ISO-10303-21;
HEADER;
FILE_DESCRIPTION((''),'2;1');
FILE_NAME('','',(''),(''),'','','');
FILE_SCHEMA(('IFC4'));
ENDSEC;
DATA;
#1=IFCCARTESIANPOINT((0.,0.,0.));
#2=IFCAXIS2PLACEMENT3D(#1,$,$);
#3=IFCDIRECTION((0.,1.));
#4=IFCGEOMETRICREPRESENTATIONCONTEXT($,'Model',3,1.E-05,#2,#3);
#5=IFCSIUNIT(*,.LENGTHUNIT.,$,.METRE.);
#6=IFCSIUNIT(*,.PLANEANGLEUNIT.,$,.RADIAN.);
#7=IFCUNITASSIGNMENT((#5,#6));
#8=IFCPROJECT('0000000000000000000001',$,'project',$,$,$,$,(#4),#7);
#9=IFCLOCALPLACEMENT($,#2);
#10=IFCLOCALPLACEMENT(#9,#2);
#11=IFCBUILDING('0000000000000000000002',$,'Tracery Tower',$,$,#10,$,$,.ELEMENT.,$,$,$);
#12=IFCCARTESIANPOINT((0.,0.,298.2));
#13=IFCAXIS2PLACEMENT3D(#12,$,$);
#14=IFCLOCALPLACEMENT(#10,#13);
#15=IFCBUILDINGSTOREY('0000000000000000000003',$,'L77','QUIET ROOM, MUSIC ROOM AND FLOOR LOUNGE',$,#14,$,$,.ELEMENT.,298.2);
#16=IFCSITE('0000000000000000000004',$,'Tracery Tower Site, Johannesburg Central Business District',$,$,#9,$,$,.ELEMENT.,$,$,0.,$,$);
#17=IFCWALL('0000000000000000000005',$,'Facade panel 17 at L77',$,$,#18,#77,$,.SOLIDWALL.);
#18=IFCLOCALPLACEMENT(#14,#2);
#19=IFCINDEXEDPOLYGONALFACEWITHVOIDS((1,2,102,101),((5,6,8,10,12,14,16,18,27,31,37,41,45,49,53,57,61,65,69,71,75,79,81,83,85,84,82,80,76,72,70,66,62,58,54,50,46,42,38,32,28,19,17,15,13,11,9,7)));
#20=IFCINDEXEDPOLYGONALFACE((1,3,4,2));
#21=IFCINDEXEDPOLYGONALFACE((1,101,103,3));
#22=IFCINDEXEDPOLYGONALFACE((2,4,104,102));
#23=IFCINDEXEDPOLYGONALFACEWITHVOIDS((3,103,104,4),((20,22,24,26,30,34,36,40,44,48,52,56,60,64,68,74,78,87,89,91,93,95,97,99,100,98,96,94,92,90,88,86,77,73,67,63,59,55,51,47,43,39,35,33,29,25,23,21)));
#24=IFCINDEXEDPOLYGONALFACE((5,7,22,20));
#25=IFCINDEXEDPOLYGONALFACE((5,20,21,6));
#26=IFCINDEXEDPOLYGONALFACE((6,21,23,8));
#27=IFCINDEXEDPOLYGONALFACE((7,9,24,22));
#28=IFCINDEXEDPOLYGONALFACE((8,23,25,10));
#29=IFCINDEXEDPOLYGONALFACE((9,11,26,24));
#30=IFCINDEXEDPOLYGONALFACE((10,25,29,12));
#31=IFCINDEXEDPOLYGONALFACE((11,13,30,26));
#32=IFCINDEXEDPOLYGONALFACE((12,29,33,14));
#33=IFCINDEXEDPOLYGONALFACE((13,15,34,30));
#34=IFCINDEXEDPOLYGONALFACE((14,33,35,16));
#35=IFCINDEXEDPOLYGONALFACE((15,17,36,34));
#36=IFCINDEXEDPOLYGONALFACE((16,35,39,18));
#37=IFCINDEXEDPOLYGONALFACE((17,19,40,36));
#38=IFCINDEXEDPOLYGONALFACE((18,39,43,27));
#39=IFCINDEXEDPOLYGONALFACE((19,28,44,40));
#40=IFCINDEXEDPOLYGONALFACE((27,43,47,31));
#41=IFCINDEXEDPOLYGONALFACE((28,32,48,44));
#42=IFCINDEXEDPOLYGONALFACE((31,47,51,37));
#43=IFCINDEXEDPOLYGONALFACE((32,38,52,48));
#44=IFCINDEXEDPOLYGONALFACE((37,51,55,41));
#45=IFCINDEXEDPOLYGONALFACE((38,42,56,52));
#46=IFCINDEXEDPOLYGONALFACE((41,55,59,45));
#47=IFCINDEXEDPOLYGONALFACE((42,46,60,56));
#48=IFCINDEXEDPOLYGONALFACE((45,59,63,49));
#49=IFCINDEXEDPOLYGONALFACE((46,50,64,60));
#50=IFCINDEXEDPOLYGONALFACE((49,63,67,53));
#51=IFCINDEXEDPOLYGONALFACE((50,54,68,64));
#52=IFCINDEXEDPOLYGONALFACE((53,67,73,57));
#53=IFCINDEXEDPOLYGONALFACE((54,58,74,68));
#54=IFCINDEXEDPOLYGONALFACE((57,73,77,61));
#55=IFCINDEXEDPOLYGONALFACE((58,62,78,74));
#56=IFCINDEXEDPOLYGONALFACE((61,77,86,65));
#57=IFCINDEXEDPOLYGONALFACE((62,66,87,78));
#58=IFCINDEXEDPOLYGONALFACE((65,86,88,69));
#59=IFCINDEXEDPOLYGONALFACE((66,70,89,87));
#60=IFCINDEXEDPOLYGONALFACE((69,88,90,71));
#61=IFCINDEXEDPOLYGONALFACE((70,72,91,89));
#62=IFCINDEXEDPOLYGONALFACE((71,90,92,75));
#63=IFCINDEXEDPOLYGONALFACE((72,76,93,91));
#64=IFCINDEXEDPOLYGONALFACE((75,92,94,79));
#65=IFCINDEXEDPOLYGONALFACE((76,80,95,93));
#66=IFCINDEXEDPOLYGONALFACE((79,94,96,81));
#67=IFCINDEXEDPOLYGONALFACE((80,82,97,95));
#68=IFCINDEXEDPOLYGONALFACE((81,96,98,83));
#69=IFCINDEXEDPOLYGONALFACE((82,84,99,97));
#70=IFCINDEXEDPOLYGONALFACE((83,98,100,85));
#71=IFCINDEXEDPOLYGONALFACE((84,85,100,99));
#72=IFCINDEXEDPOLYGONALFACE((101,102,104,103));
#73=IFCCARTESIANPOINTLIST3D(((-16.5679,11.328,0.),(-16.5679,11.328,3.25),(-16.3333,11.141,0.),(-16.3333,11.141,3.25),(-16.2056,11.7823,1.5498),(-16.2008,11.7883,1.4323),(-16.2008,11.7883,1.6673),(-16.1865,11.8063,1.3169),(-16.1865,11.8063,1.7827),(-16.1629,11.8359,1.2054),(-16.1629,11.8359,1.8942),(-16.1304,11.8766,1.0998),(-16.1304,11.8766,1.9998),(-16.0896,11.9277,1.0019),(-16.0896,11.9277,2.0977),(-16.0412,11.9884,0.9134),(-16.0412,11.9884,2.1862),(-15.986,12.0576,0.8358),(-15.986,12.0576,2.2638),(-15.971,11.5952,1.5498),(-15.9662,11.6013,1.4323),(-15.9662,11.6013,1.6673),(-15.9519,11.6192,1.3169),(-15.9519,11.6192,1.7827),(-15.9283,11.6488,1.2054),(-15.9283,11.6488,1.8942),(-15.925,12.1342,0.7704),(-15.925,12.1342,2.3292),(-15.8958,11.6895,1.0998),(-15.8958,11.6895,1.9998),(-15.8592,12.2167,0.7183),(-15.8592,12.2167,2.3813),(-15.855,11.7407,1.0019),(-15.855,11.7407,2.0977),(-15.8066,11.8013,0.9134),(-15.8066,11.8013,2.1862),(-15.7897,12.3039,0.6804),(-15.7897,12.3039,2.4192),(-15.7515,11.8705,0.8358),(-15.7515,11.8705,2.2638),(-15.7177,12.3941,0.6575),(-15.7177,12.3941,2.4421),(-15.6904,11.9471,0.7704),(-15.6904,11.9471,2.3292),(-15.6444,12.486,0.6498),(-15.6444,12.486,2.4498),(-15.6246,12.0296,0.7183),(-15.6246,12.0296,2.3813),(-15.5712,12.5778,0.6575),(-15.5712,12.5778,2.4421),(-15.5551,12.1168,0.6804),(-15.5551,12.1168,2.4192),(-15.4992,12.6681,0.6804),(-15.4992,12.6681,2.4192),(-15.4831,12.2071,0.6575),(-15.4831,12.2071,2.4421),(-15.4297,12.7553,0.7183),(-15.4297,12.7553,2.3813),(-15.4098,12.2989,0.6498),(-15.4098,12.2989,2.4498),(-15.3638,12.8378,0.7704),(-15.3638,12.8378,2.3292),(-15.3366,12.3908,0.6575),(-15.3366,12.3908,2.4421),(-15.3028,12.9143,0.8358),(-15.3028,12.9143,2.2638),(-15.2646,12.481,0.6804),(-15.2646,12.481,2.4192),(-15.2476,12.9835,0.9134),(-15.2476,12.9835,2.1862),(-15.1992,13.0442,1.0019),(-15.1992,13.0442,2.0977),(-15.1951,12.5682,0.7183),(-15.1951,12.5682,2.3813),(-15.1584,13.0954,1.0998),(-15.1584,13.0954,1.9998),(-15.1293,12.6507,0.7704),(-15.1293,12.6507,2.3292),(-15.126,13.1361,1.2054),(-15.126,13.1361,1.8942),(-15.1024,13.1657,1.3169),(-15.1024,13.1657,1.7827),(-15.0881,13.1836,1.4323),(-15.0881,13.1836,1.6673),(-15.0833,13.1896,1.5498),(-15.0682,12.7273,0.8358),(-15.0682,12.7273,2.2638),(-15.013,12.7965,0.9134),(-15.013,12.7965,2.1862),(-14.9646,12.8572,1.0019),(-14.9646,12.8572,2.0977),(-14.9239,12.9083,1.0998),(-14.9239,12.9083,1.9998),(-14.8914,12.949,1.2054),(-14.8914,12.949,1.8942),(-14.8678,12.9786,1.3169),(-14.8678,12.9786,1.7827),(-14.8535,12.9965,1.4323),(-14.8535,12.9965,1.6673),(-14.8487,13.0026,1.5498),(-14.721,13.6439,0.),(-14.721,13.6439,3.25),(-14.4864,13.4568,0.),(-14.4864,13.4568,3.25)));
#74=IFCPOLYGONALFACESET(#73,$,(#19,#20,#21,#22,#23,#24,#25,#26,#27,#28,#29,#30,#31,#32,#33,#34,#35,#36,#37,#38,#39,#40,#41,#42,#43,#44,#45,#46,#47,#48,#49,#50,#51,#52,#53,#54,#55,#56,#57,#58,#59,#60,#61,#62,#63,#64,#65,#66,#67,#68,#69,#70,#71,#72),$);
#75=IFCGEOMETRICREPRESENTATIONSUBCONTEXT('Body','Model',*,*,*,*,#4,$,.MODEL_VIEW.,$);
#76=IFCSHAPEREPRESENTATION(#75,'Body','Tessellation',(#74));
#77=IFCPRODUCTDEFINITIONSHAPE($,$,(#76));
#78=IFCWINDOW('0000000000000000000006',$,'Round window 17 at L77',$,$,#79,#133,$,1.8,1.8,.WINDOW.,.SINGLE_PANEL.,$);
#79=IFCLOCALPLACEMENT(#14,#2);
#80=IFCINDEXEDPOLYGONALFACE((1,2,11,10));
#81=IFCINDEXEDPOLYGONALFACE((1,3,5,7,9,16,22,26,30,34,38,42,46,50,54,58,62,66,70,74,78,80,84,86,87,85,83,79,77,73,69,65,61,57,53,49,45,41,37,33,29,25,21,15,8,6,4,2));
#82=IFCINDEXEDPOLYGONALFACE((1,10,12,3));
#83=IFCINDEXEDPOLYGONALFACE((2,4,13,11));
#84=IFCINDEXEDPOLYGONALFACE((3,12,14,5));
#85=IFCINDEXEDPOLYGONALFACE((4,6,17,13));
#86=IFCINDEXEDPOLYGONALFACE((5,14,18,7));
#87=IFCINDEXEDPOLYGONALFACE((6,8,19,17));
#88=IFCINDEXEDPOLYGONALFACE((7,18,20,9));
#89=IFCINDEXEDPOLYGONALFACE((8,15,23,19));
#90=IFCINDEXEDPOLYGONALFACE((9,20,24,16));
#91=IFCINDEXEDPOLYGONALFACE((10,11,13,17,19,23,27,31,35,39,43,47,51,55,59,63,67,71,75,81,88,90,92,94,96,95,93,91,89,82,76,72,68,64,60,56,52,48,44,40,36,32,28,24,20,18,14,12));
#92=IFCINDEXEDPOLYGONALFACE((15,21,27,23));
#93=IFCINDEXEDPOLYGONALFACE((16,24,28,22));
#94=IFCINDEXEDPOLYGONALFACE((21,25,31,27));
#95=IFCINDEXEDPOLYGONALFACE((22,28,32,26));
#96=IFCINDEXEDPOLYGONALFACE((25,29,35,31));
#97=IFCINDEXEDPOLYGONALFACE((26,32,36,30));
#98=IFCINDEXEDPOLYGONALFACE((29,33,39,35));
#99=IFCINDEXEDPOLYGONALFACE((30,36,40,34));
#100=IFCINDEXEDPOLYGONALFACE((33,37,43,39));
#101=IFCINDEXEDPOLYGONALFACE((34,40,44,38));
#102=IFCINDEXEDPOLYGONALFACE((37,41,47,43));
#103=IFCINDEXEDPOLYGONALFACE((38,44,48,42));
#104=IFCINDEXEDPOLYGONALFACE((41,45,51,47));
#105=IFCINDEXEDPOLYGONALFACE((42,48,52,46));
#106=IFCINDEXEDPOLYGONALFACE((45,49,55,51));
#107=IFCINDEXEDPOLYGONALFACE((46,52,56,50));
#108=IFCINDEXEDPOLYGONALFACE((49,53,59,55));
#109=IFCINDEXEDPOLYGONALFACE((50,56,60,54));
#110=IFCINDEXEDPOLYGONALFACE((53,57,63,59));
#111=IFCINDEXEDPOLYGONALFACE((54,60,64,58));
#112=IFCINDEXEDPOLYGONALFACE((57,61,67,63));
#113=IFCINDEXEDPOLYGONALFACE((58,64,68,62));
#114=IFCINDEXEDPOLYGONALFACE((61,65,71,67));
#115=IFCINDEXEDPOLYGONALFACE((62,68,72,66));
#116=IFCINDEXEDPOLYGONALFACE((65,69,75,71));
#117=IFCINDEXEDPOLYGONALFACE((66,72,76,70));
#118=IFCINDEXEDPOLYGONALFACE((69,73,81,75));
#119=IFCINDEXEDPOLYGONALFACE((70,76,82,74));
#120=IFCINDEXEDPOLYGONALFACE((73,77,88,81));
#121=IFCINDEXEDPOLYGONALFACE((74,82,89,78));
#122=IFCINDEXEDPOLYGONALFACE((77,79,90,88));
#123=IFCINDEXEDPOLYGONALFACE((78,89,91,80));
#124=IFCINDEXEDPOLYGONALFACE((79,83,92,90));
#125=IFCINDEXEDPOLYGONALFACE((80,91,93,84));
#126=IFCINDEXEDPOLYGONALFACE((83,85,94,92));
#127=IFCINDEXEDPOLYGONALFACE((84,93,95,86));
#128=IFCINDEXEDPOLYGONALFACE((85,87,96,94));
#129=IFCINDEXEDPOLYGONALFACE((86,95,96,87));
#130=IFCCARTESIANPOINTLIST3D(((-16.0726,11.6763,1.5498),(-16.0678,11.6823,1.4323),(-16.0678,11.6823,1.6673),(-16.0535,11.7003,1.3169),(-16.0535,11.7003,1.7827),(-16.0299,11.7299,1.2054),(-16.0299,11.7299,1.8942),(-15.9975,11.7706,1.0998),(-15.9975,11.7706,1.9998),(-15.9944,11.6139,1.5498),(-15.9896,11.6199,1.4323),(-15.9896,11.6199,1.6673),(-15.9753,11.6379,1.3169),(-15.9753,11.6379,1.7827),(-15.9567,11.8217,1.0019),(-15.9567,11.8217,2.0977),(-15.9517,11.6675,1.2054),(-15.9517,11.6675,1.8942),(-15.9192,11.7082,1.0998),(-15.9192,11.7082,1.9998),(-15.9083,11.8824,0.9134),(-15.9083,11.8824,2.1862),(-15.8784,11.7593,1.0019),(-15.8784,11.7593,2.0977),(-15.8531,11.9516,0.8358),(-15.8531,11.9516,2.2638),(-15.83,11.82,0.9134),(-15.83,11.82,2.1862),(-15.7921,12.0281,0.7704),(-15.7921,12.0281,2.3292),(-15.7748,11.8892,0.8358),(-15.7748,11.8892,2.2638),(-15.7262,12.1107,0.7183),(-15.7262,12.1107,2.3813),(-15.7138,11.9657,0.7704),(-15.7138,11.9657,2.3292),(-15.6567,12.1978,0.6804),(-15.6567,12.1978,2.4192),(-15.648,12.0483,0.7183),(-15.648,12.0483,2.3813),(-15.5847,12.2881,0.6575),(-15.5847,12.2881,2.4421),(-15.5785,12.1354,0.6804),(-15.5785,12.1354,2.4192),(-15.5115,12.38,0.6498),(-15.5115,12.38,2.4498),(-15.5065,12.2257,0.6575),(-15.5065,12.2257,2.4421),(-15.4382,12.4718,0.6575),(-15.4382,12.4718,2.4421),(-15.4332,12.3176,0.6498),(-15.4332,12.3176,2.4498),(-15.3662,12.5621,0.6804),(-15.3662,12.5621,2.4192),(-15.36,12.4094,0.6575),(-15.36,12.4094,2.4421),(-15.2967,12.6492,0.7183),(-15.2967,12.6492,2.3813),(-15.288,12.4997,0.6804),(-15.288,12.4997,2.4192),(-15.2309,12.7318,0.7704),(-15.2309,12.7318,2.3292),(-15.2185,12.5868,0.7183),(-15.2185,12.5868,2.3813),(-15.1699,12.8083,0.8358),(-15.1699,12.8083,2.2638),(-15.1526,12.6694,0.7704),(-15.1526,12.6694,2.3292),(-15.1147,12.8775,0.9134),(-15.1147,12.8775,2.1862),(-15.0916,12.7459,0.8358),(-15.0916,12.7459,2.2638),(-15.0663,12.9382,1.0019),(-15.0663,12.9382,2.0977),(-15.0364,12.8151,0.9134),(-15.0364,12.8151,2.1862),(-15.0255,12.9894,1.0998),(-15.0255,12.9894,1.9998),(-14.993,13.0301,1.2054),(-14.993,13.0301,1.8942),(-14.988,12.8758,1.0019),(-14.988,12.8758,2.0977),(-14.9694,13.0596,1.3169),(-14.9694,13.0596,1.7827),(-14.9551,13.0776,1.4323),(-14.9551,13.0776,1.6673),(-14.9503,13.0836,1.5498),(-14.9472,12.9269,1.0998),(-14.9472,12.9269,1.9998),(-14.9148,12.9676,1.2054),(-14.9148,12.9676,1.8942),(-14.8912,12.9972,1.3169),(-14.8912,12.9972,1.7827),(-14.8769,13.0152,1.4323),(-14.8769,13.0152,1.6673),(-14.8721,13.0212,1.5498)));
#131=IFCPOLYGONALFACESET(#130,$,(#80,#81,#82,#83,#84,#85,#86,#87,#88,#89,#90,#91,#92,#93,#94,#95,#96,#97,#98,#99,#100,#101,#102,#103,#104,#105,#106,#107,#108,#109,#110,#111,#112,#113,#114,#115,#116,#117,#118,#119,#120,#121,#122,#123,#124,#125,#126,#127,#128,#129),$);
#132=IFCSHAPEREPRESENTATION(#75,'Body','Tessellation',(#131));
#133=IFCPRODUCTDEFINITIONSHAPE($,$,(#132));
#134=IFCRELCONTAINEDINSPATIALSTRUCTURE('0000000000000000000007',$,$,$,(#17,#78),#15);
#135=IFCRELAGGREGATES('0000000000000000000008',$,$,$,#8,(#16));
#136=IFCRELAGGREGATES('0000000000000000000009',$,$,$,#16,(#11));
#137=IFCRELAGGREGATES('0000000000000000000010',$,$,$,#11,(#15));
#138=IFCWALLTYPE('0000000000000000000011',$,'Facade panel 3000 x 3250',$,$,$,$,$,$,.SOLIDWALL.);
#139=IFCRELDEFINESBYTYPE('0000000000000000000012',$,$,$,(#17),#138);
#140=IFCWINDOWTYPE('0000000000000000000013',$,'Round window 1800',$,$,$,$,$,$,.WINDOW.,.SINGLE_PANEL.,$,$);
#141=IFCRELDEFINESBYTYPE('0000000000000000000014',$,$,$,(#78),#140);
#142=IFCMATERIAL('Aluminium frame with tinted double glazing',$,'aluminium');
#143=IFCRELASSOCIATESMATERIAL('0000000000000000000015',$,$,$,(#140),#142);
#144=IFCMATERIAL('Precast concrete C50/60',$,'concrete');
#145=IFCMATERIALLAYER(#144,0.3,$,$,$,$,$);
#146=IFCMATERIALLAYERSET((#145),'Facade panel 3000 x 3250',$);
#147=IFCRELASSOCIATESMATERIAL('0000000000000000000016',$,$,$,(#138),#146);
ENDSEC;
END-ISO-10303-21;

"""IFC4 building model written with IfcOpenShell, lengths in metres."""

from ifc_helpers import new_model, si_unit, direction, frame, frame_2d, origin, origin_2d, place, context, subcontext, project, spatial, rectangle, circle, extrude, material, layer, layer_set, type_object, element, fill, save


model = new_model("IFC4")

# Units and contexts
model_context = context("Model", 3, precision=1e-05, world=origin(), true_north=direction((0.0, 1.0)))
body_context = subcontext(model_context, "Body", "Model", "MODEL_VIEW")
ifc_project = project(units=[si_unit("LENGTHUNIT", "METRE"), si_unit("PLANEANGLEUNIT", "RADIAN")], contexts=[model_context])

# Site, building, storey
site_placement = place(None, origin())
site = spatial("IfcSite", under=ifc_project, at=site_placement, Name="Tracery Tower Site, Johannesburg Central Business District", CompositionType="ELEMENT", RefElevation=0.0)
building_placement = place(site_placement, origin())
building = spatial("IfcBuilding", under=site, at=building_placement, Name="Tracery Tower", CompositionType="ELEMENT")
storey_placement = place(building_placement, frame((0.0, 0.0, 298.2)))
storey = spatial("IfcBuildingStorey", under=building, at=storey_placement, Name="L77", Description="QUIET ROOM, MUSIC ROOM AND FLOOR LOUNGE", CompositionType="ELEMENT", Elevation=298.2)

# Wall, opening, window
ifc_material_1 = material(Name="Aluminium frame with tinted double glazing", Category="aluminium")
window_type = type_object("IfcWindowType", Name="Round window 1800", PartitioningType="SINGLE_PANEL", PredefinedType="WINDOW", material=ifc_material_1)
ifc_material_2 = material(Name="Precast concrete C50/60", Category="concrete")
ifc_layer_1 = layer(ifc_material_2, 0.3)
ifc_layer_set_1 = layer_set([ifc_layer_1], Name="Facade panel 3000 x 3250")
wall_type_1 = type_object("IfcWallType", Name="Facade panel 3000 x 3250", PredefinedType="SOLIDWALL", material=ifc_layer_set_1)
wall_1_placement = place(storey_placement, frame((-14.6038, 13.5503, 0.0), z_axis=(0.0, 0.0, 1.0), x_axis=(-0.623498, -0.781825, 0.0)))
wall_1 = element("IfcWall", 1, at=wall_1_placement, inside=storey, type_object=wall_type_1, Name="Facade panel 17 at L77", PredefinedType="SOLIDWALL", context=body_context, shape_type="SweptSolid", body=[
    extrude(rectangle(XDim=2.9622, YDim=0.3, at=frame_2d((1.481, 0.0))), origin(), (0.0, 0.0, 1.0), 3.25),
])
opening_1_placement = place(wall_1_placement, frame((1.481, 0.0, 1.5498)))
opening_1 = element("IfcOpeningElement", 2, at=opening_1_placement, cuts=wall_1, PredefinedType="OPENING", context=body_context, shape_type="SweptSolid", body=[
    extrude(circle(Radius=0.9, at=origin_2d()), frame((0.0, 0.1599, 0.0), z_axis=(0.0, -1.0, 0.0), x_axis=(1.0, 0.0, 0.0)), (0.0, 0.0, 1.0), 0.3201),
])
window_1_placement = place(opening_1_placement, origin())
window_1 = element("IfcWindow", 3, at=window_1_placement, inside=storey, type_object=window_type, Name="Round window 17 at L77", OverallHeight=1.8, OverallWidth=1.8, PartitioningType="SINGLE_PANEL", PredefinedType="WINDOW", context=body_context, shape_type="SweptSolid", body=[
    extrude(circle(Radius=0.9, at=origin_2d()), frame((0.0, 0.1201, 0.0), z_axis=(0.0, -1.0, 0.0), x_axis=(1.0, 0.0, 0.0)), (0.0, 0.0, 1.0), 0.1001),
])
fill(opening_1, window_1)

save(model, "model.ifc")
